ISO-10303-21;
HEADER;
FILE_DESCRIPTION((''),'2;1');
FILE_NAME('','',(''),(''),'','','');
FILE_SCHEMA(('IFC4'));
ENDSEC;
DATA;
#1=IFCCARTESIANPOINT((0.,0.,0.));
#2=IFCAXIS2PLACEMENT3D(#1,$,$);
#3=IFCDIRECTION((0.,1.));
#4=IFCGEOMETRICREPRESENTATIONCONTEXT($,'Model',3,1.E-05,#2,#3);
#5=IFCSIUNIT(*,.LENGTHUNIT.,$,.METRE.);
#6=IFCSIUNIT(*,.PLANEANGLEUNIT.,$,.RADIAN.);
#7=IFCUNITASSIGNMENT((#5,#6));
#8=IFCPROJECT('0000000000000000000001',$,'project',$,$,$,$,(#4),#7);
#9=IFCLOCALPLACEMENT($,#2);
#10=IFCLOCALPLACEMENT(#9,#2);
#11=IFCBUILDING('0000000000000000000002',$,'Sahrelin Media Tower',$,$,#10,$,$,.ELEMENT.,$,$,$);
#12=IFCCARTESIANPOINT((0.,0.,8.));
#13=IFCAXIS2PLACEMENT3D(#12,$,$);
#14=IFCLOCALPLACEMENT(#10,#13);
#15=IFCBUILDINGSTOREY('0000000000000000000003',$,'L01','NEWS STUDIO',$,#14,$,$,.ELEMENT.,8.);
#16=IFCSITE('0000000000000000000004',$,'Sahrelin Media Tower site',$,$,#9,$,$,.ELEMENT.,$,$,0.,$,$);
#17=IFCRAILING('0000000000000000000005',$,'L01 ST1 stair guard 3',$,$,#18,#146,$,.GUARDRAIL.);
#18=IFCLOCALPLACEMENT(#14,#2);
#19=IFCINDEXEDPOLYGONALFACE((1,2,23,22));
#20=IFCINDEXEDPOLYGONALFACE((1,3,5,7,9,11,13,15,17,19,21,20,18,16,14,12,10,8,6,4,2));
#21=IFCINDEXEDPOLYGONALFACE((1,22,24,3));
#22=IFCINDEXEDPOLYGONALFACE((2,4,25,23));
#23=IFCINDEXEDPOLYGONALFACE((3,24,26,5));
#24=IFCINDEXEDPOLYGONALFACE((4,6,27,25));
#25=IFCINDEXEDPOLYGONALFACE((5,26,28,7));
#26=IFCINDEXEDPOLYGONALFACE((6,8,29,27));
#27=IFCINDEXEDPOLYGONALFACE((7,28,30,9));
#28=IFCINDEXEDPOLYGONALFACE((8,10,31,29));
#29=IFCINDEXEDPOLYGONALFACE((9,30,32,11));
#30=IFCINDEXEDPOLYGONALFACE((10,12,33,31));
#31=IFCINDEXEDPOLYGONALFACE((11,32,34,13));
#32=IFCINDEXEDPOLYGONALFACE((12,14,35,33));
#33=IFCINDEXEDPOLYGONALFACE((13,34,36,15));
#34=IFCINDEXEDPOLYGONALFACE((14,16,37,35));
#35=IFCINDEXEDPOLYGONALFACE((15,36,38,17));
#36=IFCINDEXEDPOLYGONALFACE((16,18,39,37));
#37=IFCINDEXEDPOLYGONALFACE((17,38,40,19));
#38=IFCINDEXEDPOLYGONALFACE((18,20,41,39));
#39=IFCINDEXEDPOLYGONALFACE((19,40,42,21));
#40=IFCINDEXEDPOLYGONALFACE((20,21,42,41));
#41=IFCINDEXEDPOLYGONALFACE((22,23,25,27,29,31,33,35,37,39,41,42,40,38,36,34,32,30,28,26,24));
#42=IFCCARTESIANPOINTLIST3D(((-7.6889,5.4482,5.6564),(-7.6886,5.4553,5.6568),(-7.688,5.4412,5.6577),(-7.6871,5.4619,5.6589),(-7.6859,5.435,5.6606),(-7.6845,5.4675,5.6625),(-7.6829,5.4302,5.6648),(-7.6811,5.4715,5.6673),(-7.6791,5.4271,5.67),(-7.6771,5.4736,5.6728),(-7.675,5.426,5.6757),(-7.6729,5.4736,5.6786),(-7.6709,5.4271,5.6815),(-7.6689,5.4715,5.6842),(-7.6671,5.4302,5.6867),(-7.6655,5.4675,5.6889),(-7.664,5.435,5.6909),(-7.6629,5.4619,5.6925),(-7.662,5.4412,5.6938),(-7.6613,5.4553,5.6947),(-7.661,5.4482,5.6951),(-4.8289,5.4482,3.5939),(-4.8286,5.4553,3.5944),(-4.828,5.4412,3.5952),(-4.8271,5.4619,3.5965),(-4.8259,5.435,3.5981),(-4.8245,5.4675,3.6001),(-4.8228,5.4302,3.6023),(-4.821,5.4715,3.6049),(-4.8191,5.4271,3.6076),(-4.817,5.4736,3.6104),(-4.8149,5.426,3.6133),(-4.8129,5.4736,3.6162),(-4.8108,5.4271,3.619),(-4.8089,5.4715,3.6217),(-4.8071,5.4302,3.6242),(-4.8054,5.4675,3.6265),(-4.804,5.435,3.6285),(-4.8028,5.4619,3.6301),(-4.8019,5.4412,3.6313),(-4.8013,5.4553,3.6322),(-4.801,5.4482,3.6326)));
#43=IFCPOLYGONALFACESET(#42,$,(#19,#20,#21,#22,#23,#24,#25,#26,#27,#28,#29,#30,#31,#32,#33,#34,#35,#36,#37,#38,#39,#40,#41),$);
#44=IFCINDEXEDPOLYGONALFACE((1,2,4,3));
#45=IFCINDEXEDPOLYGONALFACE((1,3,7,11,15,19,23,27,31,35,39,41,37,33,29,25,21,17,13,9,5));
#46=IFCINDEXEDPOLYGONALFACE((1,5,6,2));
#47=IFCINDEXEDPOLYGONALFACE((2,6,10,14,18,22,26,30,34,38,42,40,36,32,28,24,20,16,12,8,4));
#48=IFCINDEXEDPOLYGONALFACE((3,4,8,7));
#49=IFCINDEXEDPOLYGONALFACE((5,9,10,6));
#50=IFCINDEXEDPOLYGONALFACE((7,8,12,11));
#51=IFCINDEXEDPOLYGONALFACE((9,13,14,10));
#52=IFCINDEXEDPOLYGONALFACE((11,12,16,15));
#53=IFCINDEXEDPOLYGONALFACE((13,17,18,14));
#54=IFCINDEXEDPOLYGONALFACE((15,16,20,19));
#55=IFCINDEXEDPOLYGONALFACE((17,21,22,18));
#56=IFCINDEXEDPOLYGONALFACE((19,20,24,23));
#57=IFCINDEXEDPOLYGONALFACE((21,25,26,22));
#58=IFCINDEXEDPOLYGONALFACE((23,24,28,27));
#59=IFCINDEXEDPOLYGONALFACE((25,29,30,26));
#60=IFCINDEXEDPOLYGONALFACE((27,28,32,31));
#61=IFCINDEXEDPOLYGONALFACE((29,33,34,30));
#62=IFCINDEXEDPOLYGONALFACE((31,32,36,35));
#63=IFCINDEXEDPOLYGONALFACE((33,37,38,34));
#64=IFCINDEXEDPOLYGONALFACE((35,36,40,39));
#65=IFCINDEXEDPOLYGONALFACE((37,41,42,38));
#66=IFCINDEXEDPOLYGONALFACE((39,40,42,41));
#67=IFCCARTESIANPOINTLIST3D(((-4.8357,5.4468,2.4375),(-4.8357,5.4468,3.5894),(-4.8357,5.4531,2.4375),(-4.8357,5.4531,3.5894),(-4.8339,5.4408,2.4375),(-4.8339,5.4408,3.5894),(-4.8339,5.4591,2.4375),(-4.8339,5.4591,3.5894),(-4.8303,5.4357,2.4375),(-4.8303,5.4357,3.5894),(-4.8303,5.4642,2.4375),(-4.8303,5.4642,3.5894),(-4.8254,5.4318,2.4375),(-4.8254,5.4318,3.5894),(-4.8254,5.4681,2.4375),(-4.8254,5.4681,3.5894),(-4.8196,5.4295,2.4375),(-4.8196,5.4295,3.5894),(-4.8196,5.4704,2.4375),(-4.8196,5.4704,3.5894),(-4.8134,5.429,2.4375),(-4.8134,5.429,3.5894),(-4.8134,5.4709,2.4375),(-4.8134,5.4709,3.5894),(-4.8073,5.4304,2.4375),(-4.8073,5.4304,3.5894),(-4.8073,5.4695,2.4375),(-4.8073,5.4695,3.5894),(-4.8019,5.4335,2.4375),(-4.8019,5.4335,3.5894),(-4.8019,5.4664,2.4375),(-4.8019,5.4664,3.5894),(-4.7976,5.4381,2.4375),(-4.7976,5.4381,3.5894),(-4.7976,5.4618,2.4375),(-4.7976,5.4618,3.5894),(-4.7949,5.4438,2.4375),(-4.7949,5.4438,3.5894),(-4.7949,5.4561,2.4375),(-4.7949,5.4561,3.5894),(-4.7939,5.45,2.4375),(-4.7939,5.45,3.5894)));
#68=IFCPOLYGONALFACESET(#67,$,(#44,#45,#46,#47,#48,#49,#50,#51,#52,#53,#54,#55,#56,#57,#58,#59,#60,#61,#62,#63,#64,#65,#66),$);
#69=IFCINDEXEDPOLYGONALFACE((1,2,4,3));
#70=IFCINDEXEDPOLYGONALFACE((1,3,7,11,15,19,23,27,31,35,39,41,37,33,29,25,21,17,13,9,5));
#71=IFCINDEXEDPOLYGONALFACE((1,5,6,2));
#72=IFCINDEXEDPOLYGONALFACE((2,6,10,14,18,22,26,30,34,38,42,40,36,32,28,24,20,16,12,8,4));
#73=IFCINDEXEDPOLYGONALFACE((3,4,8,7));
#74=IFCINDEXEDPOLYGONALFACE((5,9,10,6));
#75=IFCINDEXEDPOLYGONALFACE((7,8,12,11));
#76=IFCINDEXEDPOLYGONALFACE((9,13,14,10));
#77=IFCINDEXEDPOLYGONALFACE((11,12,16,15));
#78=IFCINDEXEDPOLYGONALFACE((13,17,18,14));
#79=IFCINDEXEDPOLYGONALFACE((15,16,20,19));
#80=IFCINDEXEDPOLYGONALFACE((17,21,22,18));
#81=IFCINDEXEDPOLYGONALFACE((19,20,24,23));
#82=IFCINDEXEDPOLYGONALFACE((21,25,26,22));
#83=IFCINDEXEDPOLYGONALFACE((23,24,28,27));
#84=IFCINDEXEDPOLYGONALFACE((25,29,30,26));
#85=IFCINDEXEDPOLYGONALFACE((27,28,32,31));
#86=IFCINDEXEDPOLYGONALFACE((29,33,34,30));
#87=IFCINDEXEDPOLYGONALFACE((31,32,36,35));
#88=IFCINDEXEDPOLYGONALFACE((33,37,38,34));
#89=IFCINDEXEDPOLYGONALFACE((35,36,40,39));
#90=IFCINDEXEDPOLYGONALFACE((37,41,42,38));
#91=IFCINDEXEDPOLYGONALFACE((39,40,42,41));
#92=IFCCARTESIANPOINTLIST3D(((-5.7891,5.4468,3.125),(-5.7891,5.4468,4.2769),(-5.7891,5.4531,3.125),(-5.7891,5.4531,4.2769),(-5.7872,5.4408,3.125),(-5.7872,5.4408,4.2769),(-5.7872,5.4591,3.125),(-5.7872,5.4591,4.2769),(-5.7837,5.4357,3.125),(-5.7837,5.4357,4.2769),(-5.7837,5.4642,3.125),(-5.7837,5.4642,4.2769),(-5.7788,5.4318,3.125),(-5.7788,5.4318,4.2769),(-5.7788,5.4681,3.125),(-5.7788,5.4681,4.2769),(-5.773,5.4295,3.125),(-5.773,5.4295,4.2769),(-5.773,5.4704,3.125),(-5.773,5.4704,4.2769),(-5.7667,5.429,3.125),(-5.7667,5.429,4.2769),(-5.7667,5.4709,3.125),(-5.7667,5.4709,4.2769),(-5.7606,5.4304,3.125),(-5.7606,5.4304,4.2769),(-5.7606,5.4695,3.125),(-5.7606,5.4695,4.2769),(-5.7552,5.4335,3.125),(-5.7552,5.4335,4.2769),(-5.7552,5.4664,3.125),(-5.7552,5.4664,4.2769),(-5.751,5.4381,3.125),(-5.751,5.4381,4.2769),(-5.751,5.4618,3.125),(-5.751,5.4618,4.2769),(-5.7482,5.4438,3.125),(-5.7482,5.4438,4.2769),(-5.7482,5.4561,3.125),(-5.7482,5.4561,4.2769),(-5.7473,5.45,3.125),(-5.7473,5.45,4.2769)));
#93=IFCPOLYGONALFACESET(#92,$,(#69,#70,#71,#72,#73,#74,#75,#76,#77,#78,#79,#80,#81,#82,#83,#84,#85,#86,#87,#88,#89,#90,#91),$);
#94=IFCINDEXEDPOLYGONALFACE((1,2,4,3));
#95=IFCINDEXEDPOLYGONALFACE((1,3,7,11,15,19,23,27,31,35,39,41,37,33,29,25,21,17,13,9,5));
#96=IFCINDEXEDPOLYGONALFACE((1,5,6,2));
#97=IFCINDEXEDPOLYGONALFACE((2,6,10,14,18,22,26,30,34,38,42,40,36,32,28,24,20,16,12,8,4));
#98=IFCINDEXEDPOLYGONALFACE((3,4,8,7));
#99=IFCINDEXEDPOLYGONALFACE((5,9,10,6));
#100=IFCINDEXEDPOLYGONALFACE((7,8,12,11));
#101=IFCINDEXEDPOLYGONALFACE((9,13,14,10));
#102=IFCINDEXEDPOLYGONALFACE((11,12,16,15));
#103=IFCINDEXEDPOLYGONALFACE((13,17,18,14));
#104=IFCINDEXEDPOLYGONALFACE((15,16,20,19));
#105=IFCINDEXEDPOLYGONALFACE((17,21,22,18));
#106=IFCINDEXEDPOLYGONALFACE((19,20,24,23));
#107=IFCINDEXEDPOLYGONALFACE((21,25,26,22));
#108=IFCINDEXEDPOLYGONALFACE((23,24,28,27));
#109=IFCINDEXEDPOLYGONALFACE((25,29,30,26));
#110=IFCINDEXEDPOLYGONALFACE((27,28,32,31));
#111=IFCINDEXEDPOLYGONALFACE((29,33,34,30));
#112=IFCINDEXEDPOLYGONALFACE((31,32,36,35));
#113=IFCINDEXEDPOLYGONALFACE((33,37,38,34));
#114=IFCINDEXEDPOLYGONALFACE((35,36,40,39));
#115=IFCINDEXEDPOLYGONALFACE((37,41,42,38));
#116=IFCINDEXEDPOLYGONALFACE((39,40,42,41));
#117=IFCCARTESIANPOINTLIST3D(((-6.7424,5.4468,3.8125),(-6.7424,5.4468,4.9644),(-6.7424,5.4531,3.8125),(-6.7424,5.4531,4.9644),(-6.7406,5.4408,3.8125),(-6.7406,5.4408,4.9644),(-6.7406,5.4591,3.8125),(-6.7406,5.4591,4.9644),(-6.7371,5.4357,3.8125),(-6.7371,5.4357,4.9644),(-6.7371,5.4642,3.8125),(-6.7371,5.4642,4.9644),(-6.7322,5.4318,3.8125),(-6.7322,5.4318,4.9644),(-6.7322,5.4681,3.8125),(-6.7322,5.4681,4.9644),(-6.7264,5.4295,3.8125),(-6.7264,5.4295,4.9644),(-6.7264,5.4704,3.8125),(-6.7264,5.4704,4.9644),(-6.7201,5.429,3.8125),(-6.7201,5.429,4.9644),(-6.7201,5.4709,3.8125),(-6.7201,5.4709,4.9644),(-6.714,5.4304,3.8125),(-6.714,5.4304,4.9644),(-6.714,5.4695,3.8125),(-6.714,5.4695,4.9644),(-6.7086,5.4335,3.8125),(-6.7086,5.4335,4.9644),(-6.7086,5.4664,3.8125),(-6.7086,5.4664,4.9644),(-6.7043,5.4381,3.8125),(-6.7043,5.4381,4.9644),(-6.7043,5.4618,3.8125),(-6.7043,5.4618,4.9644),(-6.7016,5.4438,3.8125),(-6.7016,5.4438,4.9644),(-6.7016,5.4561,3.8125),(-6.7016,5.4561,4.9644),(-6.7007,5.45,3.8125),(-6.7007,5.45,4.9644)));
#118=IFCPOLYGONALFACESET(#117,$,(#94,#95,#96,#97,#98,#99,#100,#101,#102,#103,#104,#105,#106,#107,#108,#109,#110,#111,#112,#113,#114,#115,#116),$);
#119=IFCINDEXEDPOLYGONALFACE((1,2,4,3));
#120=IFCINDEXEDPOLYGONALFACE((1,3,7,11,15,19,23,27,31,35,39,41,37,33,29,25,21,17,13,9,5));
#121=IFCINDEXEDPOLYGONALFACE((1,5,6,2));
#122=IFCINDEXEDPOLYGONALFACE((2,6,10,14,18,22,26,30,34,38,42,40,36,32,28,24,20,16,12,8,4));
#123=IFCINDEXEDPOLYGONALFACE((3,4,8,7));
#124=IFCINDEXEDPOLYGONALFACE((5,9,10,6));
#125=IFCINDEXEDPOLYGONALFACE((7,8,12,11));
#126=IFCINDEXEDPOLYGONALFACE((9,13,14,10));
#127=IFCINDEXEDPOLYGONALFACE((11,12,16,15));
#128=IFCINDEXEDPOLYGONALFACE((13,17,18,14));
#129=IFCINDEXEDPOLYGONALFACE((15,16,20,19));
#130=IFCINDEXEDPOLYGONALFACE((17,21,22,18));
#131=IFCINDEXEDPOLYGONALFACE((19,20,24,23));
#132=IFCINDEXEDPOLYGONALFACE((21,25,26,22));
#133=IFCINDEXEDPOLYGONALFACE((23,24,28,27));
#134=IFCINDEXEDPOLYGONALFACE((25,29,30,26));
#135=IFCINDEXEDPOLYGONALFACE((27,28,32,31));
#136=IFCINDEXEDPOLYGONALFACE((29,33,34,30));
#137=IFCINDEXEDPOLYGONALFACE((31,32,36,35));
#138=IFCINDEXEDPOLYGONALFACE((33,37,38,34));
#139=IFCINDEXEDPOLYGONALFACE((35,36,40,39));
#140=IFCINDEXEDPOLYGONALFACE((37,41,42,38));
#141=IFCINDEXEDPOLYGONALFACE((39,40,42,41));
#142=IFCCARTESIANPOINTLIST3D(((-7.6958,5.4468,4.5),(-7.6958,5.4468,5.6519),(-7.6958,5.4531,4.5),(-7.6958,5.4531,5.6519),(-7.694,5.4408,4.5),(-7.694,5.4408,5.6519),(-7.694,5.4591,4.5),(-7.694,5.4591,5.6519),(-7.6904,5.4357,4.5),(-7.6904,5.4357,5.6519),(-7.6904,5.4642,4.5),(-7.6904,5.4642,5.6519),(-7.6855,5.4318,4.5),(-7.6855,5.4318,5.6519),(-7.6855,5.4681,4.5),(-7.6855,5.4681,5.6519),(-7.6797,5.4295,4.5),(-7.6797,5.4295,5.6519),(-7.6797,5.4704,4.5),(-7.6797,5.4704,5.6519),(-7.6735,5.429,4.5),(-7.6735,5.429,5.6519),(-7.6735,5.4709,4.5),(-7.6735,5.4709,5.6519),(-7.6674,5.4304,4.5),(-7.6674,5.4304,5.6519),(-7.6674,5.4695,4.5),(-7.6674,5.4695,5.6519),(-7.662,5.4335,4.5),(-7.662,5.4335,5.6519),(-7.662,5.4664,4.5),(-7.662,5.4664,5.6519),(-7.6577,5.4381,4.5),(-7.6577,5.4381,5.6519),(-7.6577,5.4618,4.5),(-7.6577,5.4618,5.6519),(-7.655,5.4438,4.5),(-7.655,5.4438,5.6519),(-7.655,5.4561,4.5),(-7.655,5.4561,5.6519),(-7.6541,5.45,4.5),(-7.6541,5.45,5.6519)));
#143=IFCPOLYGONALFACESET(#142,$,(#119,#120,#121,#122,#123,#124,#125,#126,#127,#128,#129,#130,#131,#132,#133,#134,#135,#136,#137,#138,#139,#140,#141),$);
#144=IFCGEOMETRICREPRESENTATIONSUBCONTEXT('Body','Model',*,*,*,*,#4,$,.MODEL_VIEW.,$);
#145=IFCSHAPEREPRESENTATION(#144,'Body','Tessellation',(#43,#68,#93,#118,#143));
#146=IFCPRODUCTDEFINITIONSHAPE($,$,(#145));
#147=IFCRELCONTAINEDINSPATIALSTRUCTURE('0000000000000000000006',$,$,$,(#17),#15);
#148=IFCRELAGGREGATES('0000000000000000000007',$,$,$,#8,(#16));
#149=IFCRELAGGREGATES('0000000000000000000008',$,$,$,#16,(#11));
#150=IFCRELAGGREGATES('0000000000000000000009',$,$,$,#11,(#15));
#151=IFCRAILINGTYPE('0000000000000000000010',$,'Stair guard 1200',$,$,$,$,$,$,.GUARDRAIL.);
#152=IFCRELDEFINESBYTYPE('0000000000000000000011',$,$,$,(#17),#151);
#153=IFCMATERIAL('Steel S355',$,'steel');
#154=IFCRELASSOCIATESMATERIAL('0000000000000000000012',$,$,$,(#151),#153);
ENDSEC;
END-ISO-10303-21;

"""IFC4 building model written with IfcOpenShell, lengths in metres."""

from ifc_helpers import new_model, si_unit, direction, frame, origin, origin_2d, place, context, subcontext, project, spatial, circle, extrude, material, type_object, element, save


model = new_model("IFC4")

# Units and contexts
model_context = context("Model", 3, precision=1e-05, world=origin(), true_north=direction((0.0, 1.0)))
body_context = subcontext(model_context, "Body", "Model", "MODEL_VIEW")
ifc_project = project(units=[si_unit("LENGTHUNIT", "METRE"), si_unit("PLANEANGLEUNIT", "RADIAN")], contexts=[model_context])

# Site, building, storey
site_placement = place(None, origin())
site = spatial("IfcSite", under=ifc_project, at=site_placement, Name="Sahrelin Media Tower site", CompositionType="ELEMENT", RefElevation=0.0)
building_placement = place(site_placement, origin())
building = spatial("IfcBuilding", under=site, at=building_placement, Name="Sahrelin Media Tower", CompositionType="ELEMENT")
storey_placement = place(building_placement, frame((0.0, 0.0, 8.0)))
storey = spatial("IfcBuildingStorey", under=building, at=storey_placement, Name="L01", Description="NEWS STUDIO", CompositionType="ELEMENT", Elevation=8.0)

# Railing
ifc_material_1 = material(Name="Steel S355", Category="steel")
railing_type_1 = type_object("IfcRailingType", Name="Stair guard 1200", PredefinedType="GUARDRAIL", material=ifc_material_1)
railing_1_placement = place(storey_placement, frame((-4.8149, 5.45, 2.4375)))
element("IfcRailing", 1, at=railing_1_placement, inside=storey, type_object=railing_type_1, Name="L01 ST1 stair guard 3", PredefinedType="GUARDRAIL", context=body_context, shape_type="SweptSolid", body=[
    extrude(circle(Radius=0.0239, at=origin_2d()), frame((0.0, 0.0, 1.1758), z_axis=(-0.811101, 0.0, 0.584906), x_axis=(0.0, -1.0, 0.0)), (0.0, 0.0, 1.0), 3.5261),
    extrude(circle(Radius=0.021, at=origin_2d()), origin(), (0.0, 0.0, 1.0), 1.1519),
    extrude(circle(Radius=0.021, at=origin_2d()), frame((-0.9534, 0.0, 0.6875)), (0.0, 0.0, 1.0), 1.1519),
    extrude(circle(Radius=0.021, at=origin_2d()), frame((-1.9067, 0.0, 1.375)), (0.0, 0.0, 1.0), 1.1519),
    extrude(circle(Radius=0.021, at=origin_2d()), frame((-2.8601, 0.0, 2.0625)), (0.0, 0.0, 1.0), 1.1519),
])

save(model, "model.ifc")
